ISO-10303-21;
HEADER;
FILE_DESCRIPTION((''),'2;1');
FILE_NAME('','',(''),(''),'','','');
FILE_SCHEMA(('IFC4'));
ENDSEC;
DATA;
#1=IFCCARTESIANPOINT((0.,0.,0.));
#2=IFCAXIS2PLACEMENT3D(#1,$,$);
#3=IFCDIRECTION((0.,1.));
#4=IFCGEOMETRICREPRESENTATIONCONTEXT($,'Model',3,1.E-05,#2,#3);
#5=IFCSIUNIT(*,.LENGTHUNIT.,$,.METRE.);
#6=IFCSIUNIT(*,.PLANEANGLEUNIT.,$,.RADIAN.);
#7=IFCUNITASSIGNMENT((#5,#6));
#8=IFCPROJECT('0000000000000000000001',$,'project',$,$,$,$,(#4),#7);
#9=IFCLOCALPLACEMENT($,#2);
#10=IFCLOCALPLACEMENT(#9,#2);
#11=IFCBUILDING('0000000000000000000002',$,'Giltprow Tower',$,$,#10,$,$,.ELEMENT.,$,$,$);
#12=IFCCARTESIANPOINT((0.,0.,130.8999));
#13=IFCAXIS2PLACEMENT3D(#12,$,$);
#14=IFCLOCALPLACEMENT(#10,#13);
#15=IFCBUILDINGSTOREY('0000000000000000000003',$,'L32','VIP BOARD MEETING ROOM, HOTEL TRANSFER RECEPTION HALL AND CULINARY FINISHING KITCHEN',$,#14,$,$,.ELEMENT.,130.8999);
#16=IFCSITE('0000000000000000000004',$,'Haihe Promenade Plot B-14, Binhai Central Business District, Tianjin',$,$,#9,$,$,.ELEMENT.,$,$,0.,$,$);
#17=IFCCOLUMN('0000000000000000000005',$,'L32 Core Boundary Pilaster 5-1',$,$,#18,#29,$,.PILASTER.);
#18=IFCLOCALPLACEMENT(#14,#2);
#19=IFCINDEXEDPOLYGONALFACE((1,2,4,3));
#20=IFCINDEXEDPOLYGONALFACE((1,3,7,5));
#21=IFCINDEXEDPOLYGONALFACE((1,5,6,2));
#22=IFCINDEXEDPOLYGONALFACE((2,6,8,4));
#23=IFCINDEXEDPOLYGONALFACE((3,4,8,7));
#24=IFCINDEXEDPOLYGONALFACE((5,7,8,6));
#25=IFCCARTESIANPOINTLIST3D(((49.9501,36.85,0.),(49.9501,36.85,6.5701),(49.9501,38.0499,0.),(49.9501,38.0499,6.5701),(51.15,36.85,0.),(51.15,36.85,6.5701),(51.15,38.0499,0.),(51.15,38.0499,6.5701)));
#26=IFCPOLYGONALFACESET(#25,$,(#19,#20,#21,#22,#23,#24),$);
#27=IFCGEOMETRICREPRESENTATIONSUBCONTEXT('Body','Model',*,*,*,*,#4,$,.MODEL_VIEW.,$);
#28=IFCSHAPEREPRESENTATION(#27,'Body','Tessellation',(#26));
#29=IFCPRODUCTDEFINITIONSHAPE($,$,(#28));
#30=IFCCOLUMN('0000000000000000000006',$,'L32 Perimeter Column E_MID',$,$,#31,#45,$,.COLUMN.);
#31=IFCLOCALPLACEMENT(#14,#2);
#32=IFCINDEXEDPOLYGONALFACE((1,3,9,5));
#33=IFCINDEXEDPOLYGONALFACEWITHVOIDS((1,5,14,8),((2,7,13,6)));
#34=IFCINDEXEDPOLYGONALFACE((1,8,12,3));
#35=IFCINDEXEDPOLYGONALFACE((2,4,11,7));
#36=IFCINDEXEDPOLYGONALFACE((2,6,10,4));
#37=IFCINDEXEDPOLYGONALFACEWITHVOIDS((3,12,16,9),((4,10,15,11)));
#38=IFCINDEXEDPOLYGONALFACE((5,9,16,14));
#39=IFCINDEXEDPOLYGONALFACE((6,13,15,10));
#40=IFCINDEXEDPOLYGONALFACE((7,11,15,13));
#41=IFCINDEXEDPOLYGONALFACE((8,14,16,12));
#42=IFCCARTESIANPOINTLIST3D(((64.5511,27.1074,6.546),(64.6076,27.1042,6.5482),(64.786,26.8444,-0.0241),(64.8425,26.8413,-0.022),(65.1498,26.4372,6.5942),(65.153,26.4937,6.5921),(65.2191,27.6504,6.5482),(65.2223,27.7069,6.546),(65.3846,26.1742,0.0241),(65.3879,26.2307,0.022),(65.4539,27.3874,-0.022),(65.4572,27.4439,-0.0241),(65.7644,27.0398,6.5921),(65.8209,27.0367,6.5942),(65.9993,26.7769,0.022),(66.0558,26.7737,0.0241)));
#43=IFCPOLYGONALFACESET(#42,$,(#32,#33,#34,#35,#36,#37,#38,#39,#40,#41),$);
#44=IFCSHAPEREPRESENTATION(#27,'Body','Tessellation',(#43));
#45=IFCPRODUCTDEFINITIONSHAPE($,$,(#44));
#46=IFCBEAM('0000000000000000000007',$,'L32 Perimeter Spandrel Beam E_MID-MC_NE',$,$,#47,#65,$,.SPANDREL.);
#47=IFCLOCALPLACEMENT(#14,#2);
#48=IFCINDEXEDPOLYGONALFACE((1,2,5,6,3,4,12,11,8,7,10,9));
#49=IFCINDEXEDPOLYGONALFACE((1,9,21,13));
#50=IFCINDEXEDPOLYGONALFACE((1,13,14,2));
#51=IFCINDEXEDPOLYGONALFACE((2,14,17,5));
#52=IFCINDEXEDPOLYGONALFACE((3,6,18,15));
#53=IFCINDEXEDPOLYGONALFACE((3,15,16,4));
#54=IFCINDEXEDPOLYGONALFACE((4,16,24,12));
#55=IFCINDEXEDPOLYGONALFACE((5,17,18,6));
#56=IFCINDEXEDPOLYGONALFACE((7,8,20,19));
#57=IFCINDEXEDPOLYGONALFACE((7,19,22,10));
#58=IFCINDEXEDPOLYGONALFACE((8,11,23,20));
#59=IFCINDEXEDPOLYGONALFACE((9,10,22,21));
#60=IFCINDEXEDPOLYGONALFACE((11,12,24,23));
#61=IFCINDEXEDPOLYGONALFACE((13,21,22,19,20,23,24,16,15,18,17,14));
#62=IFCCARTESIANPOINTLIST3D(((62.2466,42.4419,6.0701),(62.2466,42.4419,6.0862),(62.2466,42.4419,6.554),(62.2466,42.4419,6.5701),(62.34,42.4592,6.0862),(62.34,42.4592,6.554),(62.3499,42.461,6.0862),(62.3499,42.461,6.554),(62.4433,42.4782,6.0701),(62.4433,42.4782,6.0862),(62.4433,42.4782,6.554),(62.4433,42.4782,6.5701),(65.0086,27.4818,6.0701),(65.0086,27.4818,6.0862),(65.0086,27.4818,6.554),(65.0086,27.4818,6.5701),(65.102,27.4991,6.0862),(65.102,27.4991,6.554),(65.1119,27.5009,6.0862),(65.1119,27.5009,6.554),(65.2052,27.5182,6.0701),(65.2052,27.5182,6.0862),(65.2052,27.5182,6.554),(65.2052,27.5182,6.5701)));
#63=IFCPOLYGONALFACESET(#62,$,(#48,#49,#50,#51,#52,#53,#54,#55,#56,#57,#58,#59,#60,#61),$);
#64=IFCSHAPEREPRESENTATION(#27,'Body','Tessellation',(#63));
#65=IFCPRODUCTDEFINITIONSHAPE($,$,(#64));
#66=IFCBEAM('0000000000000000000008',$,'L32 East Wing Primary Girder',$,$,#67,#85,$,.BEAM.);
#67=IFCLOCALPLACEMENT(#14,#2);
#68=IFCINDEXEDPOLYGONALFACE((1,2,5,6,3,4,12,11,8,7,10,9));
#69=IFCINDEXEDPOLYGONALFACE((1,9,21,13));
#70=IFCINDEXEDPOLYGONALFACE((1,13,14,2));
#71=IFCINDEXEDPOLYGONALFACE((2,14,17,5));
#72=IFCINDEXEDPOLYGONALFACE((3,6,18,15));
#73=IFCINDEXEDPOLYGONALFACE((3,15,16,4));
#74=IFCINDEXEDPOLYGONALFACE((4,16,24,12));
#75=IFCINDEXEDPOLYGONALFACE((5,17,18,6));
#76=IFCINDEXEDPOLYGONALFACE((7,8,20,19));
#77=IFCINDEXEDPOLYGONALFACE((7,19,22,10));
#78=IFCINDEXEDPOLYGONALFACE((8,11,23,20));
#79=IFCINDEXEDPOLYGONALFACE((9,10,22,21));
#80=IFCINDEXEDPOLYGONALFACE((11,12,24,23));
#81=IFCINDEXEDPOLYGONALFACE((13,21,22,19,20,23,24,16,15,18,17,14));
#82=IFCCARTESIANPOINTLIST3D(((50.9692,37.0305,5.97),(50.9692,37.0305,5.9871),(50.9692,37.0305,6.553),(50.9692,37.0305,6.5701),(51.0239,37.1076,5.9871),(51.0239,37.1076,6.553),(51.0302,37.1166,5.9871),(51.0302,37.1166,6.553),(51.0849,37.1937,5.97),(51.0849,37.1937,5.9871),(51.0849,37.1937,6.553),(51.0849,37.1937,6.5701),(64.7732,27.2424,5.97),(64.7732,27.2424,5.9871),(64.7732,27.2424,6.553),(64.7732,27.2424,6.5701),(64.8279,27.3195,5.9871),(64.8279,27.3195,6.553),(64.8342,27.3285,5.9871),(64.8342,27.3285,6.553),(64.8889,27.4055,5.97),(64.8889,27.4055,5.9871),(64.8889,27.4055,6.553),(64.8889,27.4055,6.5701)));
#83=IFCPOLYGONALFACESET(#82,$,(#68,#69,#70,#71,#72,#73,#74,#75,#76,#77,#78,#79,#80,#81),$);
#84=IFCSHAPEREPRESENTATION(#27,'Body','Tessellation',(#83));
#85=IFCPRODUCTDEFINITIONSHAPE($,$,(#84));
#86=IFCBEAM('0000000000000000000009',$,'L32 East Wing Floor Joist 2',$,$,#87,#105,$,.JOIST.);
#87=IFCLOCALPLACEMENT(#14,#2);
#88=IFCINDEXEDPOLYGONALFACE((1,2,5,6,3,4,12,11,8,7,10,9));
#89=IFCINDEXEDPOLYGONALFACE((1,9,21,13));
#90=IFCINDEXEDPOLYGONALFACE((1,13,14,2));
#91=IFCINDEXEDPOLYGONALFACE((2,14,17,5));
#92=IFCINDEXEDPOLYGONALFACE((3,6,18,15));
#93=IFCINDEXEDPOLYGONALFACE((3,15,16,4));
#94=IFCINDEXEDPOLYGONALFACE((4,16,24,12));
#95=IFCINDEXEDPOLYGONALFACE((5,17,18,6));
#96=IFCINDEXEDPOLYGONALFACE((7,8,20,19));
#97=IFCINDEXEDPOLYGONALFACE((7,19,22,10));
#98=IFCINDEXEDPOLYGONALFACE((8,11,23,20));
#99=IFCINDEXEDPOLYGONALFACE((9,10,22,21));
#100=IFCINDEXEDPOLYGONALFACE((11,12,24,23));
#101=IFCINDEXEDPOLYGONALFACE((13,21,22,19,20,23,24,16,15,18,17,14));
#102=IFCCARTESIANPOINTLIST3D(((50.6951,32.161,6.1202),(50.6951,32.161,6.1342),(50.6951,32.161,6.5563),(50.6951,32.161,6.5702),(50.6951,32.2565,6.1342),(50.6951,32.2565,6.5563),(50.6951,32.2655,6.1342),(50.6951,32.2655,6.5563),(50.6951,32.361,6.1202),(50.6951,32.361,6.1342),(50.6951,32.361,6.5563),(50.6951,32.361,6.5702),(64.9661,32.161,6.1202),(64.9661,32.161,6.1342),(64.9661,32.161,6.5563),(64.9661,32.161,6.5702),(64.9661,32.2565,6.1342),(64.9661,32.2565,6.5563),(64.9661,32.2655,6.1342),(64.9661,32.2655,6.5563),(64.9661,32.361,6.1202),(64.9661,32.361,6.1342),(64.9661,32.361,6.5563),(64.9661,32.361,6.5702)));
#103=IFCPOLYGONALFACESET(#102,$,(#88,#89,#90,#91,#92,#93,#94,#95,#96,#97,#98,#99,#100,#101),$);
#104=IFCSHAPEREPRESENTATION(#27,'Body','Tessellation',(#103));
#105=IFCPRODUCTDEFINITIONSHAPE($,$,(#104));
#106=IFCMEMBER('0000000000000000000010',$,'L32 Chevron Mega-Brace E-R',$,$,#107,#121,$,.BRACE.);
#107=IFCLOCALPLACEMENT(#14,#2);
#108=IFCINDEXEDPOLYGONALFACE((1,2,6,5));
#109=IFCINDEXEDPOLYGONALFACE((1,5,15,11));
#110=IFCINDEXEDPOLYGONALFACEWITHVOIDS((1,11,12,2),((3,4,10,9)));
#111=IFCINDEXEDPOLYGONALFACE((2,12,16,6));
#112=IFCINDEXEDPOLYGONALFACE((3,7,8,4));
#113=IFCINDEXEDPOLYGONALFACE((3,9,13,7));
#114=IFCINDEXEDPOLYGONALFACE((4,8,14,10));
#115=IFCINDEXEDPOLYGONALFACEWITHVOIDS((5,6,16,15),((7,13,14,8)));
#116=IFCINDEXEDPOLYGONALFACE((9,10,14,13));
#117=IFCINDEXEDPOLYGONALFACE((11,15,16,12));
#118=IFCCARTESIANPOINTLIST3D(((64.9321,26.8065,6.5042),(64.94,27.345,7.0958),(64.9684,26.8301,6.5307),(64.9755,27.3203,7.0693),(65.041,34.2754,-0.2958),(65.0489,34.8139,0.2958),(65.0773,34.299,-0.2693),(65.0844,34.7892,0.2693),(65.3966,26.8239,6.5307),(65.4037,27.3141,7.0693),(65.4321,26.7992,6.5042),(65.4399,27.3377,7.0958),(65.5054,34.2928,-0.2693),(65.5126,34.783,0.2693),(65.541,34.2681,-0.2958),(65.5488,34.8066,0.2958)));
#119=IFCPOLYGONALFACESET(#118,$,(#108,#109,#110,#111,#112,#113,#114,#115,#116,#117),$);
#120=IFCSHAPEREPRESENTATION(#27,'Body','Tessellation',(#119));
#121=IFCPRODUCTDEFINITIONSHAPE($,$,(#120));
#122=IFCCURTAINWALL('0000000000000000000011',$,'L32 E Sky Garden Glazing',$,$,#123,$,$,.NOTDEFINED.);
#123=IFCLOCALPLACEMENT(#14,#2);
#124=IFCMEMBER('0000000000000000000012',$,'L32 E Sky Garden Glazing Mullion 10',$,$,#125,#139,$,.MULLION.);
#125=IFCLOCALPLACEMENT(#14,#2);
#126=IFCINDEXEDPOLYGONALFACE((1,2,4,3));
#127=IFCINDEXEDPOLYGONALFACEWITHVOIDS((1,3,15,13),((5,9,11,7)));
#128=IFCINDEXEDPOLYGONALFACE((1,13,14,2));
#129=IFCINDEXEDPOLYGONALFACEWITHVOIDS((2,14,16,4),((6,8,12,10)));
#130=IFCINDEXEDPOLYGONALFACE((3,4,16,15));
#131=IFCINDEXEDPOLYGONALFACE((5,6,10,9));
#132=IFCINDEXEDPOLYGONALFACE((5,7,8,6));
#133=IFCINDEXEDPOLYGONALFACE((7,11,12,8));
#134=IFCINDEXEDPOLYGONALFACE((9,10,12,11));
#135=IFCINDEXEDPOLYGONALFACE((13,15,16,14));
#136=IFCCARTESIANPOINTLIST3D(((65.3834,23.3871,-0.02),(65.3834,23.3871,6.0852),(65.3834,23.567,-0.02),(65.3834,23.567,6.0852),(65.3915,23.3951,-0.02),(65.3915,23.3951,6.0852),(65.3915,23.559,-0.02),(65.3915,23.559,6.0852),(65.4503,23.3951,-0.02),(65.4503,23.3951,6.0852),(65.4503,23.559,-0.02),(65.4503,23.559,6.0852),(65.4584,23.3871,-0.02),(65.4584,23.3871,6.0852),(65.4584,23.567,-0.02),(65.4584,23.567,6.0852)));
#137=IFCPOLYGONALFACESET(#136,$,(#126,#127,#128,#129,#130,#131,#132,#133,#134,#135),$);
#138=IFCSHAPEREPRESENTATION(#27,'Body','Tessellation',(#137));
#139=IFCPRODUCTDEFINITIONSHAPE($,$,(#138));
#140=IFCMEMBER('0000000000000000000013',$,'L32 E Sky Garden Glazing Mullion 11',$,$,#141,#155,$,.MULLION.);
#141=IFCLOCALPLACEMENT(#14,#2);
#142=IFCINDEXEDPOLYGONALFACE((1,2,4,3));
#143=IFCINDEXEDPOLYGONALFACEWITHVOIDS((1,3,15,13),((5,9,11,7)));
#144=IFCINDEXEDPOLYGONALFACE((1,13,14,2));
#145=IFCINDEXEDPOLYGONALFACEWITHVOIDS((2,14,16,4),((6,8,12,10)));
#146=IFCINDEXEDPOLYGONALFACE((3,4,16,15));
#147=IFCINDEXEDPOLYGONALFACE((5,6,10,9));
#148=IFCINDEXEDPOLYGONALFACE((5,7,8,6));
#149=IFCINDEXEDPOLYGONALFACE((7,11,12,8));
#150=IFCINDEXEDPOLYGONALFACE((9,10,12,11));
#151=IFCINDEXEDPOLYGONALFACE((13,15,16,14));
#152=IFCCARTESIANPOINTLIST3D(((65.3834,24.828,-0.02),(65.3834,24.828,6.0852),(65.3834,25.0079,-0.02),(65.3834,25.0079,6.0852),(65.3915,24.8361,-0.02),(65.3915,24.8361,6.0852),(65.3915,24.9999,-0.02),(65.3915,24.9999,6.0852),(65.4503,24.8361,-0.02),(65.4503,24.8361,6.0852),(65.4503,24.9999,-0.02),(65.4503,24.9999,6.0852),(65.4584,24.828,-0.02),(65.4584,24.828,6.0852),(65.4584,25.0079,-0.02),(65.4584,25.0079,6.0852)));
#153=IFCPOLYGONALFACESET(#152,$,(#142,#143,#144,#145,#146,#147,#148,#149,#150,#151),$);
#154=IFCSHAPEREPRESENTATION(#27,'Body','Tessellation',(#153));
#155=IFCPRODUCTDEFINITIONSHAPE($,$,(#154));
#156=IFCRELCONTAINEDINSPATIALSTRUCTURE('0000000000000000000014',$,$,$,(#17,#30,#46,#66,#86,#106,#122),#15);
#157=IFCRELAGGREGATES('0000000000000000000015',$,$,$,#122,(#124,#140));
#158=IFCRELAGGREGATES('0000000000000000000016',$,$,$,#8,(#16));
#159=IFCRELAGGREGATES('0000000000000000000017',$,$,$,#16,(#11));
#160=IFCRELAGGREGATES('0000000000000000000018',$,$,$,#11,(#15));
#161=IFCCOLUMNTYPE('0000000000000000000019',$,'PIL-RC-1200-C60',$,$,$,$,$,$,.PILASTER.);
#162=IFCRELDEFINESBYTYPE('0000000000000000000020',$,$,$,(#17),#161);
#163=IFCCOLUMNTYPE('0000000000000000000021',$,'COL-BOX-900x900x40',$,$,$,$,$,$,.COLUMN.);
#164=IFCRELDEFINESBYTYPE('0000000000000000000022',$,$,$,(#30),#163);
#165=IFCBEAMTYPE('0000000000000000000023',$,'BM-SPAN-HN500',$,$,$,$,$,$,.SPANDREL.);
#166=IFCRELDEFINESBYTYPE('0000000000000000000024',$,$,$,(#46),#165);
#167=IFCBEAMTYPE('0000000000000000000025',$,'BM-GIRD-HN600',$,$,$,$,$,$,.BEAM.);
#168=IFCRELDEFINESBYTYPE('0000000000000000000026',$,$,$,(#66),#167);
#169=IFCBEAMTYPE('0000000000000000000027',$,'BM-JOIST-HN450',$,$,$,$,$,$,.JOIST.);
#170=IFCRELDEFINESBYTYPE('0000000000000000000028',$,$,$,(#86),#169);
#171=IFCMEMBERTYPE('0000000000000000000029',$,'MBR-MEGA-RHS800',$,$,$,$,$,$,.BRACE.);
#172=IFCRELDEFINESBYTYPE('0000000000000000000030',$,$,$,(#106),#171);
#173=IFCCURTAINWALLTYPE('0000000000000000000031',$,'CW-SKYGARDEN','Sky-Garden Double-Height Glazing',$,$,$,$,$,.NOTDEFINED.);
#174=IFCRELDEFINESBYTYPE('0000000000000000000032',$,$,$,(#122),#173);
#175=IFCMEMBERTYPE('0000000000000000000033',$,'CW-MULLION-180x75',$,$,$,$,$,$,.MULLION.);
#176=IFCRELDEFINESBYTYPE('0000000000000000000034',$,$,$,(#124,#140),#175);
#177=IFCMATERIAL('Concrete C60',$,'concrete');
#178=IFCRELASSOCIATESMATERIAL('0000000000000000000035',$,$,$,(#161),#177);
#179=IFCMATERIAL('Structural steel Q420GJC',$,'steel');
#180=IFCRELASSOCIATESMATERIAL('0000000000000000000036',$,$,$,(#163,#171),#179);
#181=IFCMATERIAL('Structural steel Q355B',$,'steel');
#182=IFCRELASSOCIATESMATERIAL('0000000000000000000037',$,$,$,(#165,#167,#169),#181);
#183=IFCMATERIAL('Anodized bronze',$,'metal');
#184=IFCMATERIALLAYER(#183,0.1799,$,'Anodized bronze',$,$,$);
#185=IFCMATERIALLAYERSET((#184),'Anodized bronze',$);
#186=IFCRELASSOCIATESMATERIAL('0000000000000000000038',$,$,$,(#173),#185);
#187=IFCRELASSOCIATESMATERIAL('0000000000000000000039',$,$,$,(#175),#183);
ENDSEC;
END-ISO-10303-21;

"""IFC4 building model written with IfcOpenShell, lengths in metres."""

from ifc_helpers import new_model, si_unit, direction, frame, origin, origin_2d, place, context, subcontext, project, spatial, rectangle, hollow_rectangle, i_section, extrude, source, transform, mapped, material, layer, layer_set, material_profile, profile_set, type_object, element, aggregate, save


model = new_model("IFC4")

# Units and contexts
model_context = context("Model", 3, precision=1e-05, world=origin(), true_north=direction((0.0, 1.0)))
body_context = subcontext(model_context, "Body", "Model", "MODEL_VIEW")
ifc_project = project(units=[si_unit("LENGTHUNIT", "METRE"), si_unit("PLANEANGLEUNIT", "RADIAN")], contexts=[model_context])

# Site, building, storey
site_placement = place(None, origin())
site = spatial("IfcSite", under=ifc_project, at=site_placement, Name="Haihe Promenade Plot B-14, Binhai Central Business District, Tianjin", CompositionType="ELEMENT", RefElevation=0.0)
building_placement = place(site_placement, origin())
building = spatial("IfcBuilding", under=site, at=building_placement, Name="Giltprow Tower", CompositionType="ELEMENT")
storey_placement = place(building_placement, frame((0.0, 0.0, 130.8999)))
storey = spatial("IfcBuildingStorey", under=building, at=storey_placement, Name="L32", Description="VIP BOARD MEETING ROOM, HOTEL TRANSFER RECEPTION HALL AND CULINARY FINISHING KITCHEN", CompositionType="ELEMENT", Elevation=130.8999)

# Columns
ifc_material_1 = material(Name="Concrete C60", Category="concrete")
ifc_material_profile_1 = material_profile(ifc_material_1, rectangle(XDim=1.2, YDim=1.2, at=origin_2d()), Name="RC 1200x1200")
ifc_profile_set_1 = profile_set([ifc_material_profile_1], Name="Concrete C60")
column_type_1 = type_object("IfcColumnType", Name="PIL-RC-1200-C60", PredefinedType="PILASTER", material=ifc_profile_set_1)
shared_shape_1 = source(origin(), body_context, "Body", "SweptSolid", [
    extrude(rectangle(XDim=1.2, YDim=1.2, at=origin_2d()), origin(), (0.0, 0.0, 1.0), 6.5701),
])
column_1_placement = place(storey_placement, frame((50.55, 37.45, 0.0), z_axis=(0.0, 0.0, 1.0), x_axis=(1.0, 0.0, 0.0)))
element("IfcColumn", 1, at=column_1_placement, inside=storey, type_object=column_type_1, Name="L32 Core Boundary Pilaster 5-1", PredefinedType="PILASTER", context=body_context, shape_type="MappedRepresentation", body=[
    mapped(shared_shape_1, transform((0.0, 0.0, 0.0), x_axis=(1.0, 0.0, 0.0), y_axis=(0.0, 1.0, 0.0), z_axis=(0.0, 0.0, 1.0), scale=1.0)),
])
ifc_material_2 = material(Name="Structural steel Q420GJC", Category="steel")
ifc_material_profile_2 = material_profile(ifc_material_2, hollow_rectangle(XDim=0.8999, YDim=0.8999, WallThickness=0.04, at=origin_2d()), Name="BOX 900x900x40")
ifc_profile_set_2 = profile_set([ifc_material_profile_2], Name="Structural steel Q420GJC")
column_type_2 = type_object("IfcColumnType", Name="COL-BOX-900x900x40", PredefinedType="COLUMN", material=ifc_profile_set_2)
shared_shape_2 = source(origin(), body_context, "Body", "SweptSolid", [
    extrude(hollow_rectangle(XDim=0.8999, YDim=0.8999, WallThickness=0.04, at=origin_2d()), origin(), (0.0, 0.0, 1.0), 6.5796),
])
column_2_placement = place(storey_placement, frame((65.4209, 26.8091, 0.0), z_axis=(-0.035696, 0.039963, 0.998563), x_axis=(-0.745802, -0.666167, 0.0)))
element("IfcColumn", 2, at=column_2_placement, inside=storey, type_object=column_type_2, Name="L32 Perimeter Column E_MID", PredefinedType="COLUMN", context=body_context, shape_type="MappedRepresentation", body=[
    mapped(shared_shape_2, transform((0.0, 0.0, 0.0), x_axis=(1.0, 0.0, 0.0), y_axis=(0.0, 1.0, 0.0), z_axis=(0.0, 0.0, 1.0), scale=1.0)),
])

# Beams
ifc_material_3 = material(Name="Structural steel Q355B", Category="steel")
ifc_material_profile_3 = material_profile(ifc_material_3, i_section(OverallWidth=0.2, OverallDepth=0.5, WebThickness=0.01, FlangeThickness=0.0161, at=origin_2d()), Name="HN 500x200x10x16")
ifc_profile_set_3 = profile_set([ifc_material_profile_3], Name="Structural steel Q355B")
beam_type_1 = type_object("IfcBeamType", Name="BM-SPAN-HN500", PredefinedType="SPANDREL", material=ifc_profile_set_3)
shared_shape_3 = source(origin(), body_context, "Body", "SweptSolid", [
    extrude(i_section(OverallWidth=0.2, OverallDepth=0.5, WebThickness=0.01, FlangeThickness=0.0161, at=origin_2d()), origin(), (0.0, 0.0, 1.0), 15.2129),
])
beam_1_placement = place(storey_placement, frame((65.1069, 27.5, 6.3201), z_axis=(-0.181555, 0.983381, 0.0), x_axis=(-0.983381, -0.181555, 0.0)))
element("IfcBeam", 3, at=beam_1_placement, inside=storey, type_object=beam_type_1, Name="L32 Perimeter Spandrel Beam E_MID-MC_NE", PredefinedType="SPANDREL", context=body_context, shape_type="MappedRepresentation", body=[
    mapped(shared_shape_3, transform((0.0, 0.0, 0.0), x_axis=(1.0, 0.0, 0.0), y_axis=(0.0, 1.0, 0.0), z_axis=(0.0, 0.0, 1.0), scale=1.0)),
])
ifc_material_profile_4 = material_profile(ifc_material_3, i_section(OverallWidth=0.2, OverallDepth=0.6001, WebThickness=0.011, FlangeThickness=0.0171, at=origin_2d()), Name="HN 600x200x11x17")
ifc_profile_set_4 = profile_set([ifc_material_profile_4], Name="Structural steel Q355B")
beam_type_2 = type_object("IfcBeamType", Name="BM-GIRD-HN600", PredefinedType="BEAM", material=ifc_profile_set_4)
shared_shape_4 = source(origin(), body_context, "Body", "SweptSolid", [
    extrude(i_section(OverallWidth=0.2, OverallDepth=0.6001, WebThickness=0.011, FlangeThickness=0.0171, at=origin_2d()), origin(), (0.0, 0.0, 1.0), 16.9221),
])
beam_2_placement = place(storey_placement, frame((64.8311, 27.324, 6.27), z_axis=(-0.815738, 0.578422, 0.0), x_axis=(-0.578422, -0.815738, 0.0)))
element("IfcBeam", 4, at=beam_2_placement, inside=storey, type_object=beam_type_2, Name="L32 East Wing Primary Girder", PredefinedType="BEAM", context=body_context, shape_type="MappedRepresentation", body=[
    mapped(shared_shape_4, transform((0.0, 0.0, 0.0), x_axis=(1.0, 0.0, 0.0), y_axis=(0.0, 1.0, 0.0), z_axis=(0.0, 0.0, 1.0), scale=1.0)),
])
ifc_material_profile_5 = material_profile(ifc_material_3, i_section(OverallWidth=0.2, OverallDepth=0.45, WebThickness=0.009, FlangeThickness=0.0139, at=origin_2d()), Name="HN 450x200x9x14")
ifc_profile_set_5 = profile_set([ifc_material_profile_5], Name="Structural steel Q355B")
beam_type_3 = type_object("IfcBeamType", Name="BM-JOIST-HN450", PredefinedType="JOIST", material=ifc_profile_set_5)
shared_shape_5 = source(origin(), body_context, "Body", "SweptSolid", [
    extrude(i_section(OverallWidth=0.2, OverallDepth=0.45, WebThickness=0.009, FlangeThickness=0.0139, at=origin_2d()), origin(), (0.0, 0.0, 1.0), 14.271),
])
beam_3_placement = place(storey_placement, frame((50.6951, 32.261, 6.3452), z_axis=(1.0, 0.0, 0.0), x_axis=(0.0, 1.0, 0.0)))
element("IfcBeam", 5, at=beam_3_placement, inside=storey, type_object=beam_type_3, Name="L32 East Wing Floor Joist 2", PredefinedType="JOIST", context=body_context, shape_type="MappedRepresentation", body=[
    mapped(shared_shape_5, transform((0.0, 0.0, 0.0), x_axis=(1.0, 0.0, 0.0), y_axis=(0.0, 1.0, 0.0), z_axis=(0.0, 0.0, 1.0), scale=1.0)),
])

# Member
ifc_material_profile_6 = material_profile(ifc_material_2, hollow_rectangle(XDim=0.5, YDim=0.8, WallThickness=0.0359, at=origin_2d()), Name="RHS 800x500x36")
ifc_profile_set_6 = profile_set([ifc_material_profile_6], Name="Structural steel Q420GJC")
member_type_1 = type_object("IfcMemberType", Name="MBR-MEGA-RHS800", PredefinedType="BRACE", material=ifc_profile_set_6)
shared_shape_6 = source(origin(), body_context, "Body", "SweptSolid", [
    extrude(hollow_rectangle(XDim=0.5, YDim=0.8, WallThickness=0.0359, at=origin_2d()), origin(), (0.0, 0.0, 1.0), 10.1013),
])
member_1_placement = place(storey_placement, frame((65.2949, 34.541, 0.0), z_axis=(-0.010779, -0.739401, 0.673178), x_axis=(0.999894, -0.014577, 0.0)))
element("IfcMember", 6, at=member_1_placement, inside=storey, type_object=member_type_1, Name="L32 Chevron Mega-Brace E-R", PredefinedType="BRACE", context=body_context, shape_type="MappedRepresentation", body=[
    mapped(shared_shape_6, transform((0.0, 0.0, 0.0), x_axis=(1.0, 0.0, 0.0), y_axis=(0.0, 1.0, 0.0), z_axis=(0.0, 0.0, 1.0), scale=1.0)),
])

# Curtain wall, members
ifc_material_4 = material(Name="Anodized bronze", Category="metal")
ifc_layer_1 = layer(ifc_material_4, 0.1799, Name="Anodized bronze")
ifc_layer_set_1 = layer_set([ifc_layer_1], Name="Anodized bronze")
curtain_wall_type = type_object("IfcCurtainWallType", Name="CW-SKYGARDEN", Description="Sky-Garden Double-Height Glazing", PredefinedType="NOTDEFINED", material=ifc_layer_set_1)
curtain_wall_placement = place(storey_placement, origin())
curtain_wall = element("IfcCurtainWall", 7, at=curtain_wall_placement, inside=storey, type_object=curtain_wall_type, Name="L32 E Sky Garden Glazing", PredefinedType="NOTDEFINED")
ifc_material_profile_7 = material_profile(ifc_material_4, hollow_rectangle(XDim=0.075, YDim=0.1799, WallThickness=0.0081, at=origin_2d()), Name="RHS 180x75x8")
ifc_profile_set_7 = profile_set([ifc_material_profile_7], Name="Anodized bronze")
member_type_2 = type_object("IfcMemberType", Name="CW-MULLION-180x75", PredefinedType="MULLION", material=ifc_profile_set_7)
shared_shape_7 = source(origin(), body_context, "Body", "SweptSolid", [
    extrude(hollow_rectangle(XDim=0.075, YDim=0.1799, WallThickness=0.0081, at=origin_2d()), origin(), (0.0, 0.0, 1.0), 6.1052),
])
member_2_placement = place(storey_placement, frame((65.4209, 23.4771, -0.02), z_axis=(0.0, 0.0, 1.0), x_axis=(1.0, 0.0, 0.0)))
member_2 = element("IfcMember", 8, at=member_2_placement, type_object=member_type_2, Name="L32 E Sky Garden Glazing Mullion 10", PredefinedType="MULLION", context=body_context, shape_type="MappedRepresentation", body=[
    mapped(shared_shape_7, transform((0.0, 0.0, 0.0), x_axis=(1.0, 0.0, 0.0), y_axis=(0.0, 1.0, 0.0), z_axis=(0.0, 0.0, 1.0), scale=1.0)),
])
member_3_placement = place(storey_placement, frame((65.4209, 24.918, -0.02), z_axis=(0.0, 0.0, 1.0), x_axis=(1.0, 0.0, 0.0)))
member_3 = element("IfcMember", 9, at=member_3_placement, type_object=member_type_2, Name="L32 E Sky Garden Glazing Mullion 11", PredefinedType="MULLION", context=body_context, shape_type="MappedRepresentation", body=[
    mapped(shared_shape_7, transform((0.0, 0.0, 0.0), x_axis=(1.0, 0.0, 0.0), y_axis=(0.0, 1.0, 0.0), z_axis=(0.0, 0.0, 1.0), scale=1.0)),
])

aggregate(curtain_wall, [member_2, member_3])

save(model, "model.ifc")
